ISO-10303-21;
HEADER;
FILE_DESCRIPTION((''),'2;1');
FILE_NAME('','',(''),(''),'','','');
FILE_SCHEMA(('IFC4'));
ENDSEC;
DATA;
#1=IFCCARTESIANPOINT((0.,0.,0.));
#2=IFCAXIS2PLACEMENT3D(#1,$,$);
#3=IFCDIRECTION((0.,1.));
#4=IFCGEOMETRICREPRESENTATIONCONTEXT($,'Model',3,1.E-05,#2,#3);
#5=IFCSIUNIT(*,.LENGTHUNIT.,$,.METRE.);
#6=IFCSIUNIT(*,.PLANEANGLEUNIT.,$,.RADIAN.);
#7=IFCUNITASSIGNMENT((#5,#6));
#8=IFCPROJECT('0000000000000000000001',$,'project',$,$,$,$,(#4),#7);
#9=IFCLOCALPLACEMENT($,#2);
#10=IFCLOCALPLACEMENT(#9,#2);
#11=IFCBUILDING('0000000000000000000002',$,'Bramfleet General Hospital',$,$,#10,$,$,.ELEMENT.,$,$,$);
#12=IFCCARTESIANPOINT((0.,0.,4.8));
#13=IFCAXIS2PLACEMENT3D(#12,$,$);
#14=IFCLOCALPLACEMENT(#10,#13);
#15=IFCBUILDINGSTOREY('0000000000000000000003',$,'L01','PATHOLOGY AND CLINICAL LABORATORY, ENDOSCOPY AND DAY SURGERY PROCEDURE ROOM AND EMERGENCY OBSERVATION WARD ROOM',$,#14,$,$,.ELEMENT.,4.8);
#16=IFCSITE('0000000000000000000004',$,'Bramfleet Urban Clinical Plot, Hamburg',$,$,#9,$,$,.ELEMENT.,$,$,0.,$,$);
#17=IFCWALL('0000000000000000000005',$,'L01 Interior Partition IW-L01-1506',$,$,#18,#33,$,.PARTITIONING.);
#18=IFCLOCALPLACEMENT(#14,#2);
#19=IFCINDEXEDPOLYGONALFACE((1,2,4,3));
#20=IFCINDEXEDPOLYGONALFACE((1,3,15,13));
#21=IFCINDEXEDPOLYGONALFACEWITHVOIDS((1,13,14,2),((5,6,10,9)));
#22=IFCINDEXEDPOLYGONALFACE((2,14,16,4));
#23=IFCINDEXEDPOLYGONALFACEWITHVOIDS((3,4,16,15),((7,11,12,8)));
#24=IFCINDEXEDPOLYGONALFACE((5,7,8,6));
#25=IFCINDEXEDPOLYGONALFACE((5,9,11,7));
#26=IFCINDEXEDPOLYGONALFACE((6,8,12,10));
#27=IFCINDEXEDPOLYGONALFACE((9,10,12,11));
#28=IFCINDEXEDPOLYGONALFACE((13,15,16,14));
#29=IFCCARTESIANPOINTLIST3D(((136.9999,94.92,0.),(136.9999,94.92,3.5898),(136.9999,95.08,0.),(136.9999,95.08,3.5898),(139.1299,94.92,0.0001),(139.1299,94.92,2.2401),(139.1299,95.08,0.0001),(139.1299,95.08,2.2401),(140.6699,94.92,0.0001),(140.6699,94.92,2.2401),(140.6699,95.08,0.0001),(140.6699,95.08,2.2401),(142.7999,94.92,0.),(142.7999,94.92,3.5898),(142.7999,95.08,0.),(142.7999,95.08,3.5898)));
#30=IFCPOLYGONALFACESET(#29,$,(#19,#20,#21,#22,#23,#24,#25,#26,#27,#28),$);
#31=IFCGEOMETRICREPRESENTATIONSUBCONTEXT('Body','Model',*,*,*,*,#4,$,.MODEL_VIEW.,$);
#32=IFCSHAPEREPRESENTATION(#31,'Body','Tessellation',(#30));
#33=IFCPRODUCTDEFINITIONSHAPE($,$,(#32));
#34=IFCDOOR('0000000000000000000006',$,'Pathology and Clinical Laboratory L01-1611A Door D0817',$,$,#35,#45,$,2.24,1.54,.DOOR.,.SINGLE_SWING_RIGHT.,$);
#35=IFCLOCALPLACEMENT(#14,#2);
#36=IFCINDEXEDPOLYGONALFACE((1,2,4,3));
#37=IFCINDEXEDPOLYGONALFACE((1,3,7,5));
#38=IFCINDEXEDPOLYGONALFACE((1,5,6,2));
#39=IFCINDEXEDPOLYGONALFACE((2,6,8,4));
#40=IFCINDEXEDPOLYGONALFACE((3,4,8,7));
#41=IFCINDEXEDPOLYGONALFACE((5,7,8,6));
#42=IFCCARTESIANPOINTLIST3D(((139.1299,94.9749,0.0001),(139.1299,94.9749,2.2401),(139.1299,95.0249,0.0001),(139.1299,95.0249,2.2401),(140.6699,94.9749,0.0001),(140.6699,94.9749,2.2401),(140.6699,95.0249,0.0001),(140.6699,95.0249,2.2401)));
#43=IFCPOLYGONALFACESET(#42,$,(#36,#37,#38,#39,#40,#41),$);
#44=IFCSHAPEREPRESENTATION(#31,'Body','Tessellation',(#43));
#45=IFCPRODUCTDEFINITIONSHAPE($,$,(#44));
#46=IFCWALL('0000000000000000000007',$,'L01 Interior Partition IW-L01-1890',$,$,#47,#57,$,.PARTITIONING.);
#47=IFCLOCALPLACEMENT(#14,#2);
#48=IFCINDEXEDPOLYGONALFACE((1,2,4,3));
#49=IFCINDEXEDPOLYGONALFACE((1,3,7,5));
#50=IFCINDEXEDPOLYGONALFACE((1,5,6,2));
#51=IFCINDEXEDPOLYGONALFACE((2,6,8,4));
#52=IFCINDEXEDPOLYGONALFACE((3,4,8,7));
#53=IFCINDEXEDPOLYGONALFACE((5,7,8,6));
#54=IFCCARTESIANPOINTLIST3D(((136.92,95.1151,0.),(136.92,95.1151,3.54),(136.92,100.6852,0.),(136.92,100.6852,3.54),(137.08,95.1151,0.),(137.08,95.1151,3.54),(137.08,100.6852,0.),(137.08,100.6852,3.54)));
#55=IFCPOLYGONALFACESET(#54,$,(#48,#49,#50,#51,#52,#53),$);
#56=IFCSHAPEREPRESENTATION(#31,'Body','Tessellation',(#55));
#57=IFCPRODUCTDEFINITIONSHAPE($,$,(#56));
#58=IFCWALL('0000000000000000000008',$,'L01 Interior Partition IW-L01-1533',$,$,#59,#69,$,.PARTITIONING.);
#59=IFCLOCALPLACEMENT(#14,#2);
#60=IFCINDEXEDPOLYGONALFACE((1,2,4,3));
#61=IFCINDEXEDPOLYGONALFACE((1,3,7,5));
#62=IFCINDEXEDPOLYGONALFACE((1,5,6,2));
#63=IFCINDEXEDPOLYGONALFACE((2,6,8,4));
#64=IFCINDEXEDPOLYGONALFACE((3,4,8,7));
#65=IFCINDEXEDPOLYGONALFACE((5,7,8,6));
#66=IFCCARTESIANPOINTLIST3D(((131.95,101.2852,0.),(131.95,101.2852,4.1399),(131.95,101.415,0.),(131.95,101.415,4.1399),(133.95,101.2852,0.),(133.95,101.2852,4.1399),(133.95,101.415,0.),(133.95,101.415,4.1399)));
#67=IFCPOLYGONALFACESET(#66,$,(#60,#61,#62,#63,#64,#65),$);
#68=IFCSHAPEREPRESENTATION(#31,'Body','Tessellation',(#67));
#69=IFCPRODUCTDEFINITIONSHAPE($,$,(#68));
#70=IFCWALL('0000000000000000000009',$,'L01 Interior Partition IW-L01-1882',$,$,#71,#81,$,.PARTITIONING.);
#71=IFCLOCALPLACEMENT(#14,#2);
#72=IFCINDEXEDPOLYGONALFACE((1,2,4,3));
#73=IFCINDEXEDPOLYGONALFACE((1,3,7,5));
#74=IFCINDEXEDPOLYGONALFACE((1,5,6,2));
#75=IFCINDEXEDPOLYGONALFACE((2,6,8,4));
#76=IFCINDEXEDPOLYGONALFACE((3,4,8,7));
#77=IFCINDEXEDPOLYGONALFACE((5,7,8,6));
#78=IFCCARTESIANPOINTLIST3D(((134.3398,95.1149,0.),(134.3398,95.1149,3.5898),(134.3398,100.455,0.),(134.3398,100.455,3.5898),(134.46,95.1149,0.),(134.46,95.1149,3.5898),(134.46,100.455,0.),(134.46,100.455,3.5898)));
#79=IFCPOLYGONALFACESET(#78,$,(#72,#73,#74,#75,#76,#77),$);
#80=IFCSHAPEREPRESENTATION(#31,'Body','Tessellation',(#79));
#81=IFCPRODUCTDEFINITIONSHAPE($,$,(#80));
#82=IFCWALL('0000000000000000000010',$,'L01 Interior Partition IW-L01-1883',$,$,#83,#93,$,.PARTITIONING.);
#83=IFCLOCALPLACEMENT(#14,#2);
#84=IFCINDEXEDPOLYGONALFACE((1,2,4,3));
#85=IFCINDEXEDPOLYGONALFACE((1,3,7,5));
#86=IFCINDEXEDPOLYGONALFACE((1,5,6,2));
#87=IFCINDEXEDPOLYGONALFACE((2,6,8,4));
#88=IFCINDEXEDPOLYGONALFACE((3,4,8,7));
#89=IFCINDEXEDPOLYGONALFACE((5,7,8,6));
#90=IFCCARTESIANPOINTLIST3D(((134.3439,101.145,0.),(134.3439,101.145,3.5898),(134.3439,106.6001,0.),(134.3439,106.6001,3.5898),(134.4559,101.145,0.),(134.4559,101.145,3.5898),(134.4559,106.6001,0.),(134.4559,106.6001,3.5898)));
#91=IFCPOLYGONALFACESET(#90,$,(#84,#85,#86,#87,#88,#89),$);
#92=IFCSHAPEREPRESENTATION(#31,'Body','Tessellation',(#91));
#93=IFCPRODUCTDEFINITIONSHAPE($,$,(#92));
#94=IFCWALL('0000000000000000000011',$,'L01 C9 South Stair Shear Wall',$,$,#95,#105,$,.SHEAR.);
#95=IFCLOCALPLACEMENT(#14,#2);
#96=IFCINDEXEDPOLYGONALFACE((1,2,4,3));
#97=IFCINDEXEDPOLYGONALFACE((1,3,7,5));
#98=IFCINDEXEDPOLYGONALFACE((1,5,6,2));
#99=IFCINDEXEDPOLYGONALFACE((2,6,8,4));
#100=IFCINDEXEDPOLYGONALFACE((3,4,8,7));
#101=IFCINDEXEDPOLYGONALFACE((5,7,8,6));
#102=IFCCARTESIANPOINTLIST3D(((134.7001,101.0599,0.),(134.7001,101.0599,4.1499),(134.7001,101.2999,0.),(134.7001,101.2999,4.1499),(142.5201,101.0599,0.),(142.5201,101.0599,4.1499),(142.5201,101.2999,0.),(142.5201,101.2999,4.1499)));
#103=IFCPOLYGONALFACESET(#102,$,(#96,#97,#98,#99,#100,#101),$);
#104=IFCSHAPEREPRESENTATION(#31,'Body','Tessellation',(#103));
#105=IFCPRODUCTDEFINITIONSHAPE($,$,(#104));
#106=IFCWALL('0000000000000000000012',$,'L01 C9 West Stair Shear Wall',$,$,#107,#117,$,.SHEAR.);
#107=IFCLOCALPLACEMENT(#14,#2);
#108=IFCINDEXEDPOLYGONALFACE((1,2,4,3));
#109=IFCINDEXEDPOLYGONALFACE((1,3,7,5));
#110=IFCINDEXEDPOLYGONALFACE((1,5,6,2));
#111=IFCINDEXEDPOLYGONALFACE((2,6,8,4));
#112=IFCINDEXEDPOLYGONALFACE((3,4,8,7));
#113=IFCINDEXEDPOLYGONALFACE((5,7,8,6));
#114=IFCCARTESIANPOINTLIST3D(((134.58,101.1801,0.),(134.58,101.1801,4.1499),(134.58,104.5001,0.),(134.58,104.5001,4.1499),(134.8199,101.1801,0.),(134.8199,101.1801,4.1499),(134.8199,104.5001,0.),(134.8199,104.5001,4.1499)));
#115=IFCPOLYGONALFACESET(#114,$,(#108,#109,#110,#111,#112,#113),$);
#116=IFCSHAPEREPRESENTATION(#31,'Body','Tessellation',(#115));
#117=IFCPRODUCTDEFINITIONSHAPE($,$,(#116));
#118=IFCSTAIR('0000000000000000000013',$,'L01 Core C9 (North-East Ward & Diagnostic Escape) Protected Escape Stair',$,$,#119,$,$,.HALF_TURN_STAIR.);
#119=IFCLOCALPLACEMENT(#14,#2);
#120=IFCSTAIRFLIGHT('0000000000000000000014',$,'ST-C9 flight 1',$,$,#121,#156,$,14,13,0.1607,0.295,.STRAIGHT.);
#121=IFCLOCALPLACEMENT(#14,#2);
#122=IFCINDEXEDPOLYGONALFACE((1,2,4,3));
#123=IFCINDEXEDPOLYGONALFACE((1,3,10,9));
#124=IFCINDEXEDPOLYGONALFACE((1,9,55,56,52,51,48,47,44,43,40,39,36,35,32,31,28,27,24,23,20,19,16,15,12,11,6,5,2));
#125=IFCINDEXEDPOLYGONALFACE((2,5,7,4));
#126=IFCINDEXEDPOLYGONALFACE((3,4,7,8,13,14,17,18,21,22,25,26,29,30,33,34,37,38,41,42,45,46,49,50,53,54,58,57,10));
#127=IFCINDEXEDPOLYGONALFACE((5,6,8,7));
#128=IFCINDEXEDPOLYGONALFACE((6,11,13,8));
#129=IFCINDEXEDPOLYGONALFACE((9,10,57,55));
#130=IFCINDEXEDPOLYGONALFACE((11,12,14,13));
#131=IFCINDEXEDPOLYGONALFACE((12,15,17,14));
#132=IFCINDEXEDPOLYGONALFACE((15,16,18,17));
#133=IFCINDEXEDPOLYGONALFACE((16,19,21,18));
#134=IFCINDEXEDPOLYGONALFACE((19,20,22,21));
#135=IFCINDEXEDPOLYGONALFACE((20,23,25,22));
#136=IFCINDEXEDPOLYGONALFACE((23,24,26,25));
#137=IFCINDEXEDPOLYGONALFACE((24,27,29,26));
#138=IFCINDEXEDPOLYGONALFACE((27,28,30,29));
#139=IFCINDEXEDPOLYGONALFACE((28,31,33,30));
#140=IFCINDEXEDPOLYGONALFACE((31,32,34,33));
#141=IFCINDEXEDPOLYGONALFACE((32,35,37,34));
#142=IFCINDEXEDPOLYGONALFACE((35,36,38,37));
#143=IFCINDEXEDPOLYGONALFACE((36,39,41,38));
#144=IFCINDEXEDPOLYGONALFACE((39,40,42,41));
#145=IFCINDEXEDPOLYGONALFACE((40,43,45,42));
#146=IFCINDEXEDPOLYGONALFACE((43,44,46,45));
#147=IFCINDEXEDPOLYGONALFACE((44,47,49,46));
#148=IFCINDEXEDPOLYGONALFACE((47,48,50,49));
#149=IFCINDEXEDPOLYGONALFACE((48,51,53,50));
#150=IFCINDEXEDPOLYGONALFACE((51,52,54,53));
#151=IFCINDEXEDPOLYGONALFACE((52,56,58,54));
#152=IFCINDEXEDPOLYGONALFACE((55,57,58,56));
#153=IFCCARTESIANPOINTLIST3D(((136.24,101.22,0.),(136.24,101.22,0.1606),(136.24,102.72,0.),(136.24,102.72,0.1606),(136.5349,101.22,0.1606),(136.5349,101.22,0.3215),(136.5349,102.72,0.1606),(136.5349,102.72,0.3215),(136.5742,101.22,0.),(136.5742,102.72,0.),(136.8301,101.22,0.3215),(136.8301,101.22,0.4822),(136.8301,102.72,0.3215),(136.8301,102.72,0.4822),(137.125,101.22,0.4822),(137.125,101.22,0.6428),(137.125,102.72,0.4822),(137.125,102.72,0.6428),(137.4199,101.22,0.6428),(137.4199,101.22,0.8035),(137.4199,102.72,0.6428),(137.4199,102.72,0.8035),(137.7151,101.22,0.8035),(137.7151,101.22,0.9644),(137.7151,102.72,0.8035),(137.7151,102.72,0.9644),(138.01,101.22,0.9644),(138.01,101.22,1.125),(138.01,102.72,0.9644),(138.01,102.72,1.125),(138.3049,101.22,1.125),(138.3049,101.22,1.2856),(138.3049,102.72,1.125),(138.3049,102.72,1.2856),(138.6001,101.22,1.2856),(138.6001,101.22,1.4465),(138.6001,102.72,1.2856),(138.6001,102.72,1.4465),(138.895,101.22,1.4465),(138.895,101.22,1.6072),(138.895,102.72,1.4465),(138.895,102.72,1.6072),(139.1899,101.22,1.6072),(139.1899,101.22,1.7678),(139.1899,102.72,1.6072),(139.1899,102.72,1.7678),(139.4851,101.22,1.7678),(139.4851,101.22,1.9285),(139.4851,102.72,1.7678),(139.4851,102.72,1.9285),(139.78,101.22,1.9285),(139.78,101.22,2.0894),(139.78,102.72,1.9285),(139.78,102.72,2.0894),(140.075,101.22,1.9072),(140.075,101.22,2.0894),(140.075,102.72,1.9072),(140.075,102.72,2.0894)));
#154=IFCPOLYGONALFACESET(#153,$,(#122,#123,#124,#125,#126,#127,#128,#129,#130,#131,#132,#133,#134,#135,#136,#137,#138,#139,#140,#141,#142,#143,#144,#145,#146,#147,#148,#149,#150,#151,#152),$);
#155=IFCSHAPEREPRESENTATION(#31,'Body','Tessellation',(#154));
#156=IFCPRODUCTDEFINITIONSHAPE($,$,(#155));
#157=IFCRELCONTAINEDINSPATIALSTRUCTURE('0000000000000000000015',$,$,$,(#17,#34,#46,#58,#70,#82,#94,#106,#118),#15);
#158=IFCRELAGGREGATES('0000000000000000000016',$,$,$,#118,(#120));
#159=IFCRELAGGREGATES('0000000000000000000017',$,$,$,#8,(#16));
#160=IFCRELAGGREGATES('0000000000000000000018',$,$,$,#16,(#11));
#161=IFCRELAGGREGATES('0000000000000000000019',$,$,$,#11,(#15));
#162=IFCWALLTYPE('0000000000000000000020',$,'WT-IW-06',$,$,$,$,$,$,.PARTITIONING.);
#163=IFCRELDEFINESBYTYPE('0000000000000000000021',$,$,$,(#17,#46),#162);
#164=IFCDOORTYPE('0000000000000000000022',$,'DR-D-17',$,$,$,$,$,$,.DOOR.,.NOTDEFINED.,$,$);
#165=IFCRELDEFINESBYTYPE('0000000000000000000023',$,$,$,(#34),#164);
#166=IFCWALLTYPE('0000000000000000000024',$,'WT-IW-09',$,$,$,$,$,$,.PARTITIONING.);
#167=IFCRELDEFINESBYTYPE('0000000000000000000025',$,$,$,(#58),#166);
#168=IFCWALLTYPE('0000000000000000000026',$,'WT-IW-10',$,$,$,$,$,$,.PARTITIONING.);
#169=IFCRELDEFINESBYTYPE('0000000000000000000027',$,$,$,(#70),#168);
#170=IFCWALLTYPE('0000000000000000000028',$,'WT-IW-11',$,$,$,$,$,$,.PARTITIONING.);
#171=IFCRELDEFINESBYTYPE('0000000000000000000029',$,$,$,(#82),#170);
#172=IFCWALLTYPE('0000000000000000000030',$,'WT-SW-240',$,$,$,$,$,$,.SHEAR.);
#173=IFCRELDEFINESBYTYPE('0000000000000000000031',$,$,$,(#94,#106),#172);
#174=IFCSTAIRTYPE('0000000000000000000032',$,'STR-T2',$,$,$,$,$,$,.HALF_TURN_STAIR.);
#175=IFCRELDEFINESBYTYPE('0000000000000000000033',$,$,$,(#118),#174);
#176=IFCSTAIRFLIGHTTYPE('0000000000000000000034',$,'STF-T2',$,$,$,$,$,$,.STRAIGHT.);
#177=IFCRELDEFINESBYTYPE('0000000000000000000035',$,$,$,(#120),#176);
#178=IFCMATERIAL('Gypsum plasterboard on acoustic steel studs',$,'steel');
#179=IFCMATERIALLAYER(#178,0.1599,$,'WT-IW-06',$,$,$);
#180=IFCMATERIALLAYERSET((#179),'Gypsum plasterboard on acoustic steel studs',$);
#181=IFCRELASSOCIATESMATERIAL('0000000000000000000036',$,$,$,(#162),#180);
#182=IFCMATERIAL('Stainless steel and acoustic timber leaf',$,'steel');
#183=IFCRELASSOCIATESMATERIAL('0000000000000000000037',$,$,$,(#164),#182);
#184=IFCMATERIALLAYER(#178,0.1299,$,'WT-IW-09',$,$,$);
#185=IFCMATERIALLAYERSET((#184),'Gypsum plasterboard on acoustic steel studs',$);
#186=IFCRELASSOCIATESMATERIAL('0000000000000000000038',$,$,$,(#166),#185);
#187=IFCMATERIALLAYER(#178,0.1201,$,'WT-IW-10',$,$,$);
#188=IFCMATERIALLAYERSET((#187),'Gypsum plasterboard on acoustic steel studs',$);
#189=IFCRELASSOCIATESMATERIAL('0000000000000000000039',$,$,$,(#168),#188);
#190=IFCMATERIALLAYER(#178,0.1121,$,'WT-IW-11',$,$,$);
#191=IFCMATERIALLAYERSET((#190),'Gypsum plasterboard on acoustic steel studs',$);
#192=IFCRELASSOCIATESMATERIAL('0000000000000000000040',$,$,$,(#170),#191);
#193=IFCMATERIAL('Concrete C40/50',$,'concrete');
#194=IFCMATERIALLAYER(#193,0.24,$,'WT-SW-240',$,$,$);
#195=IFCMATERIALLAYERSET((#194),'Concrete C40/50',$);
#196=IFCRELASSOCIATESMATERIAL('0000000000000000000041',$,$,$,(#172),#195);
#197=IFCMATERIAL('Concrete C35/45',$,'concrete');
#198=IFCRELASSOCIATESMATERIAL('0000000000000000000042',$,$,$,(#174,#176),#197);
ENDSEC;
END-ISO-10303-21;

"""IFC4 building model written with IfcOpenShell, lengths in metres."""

from ifc_helpers import new_model, si_unit, direction, frame, frame_2d, origin, place, context, subcontext, project, spatial, polyline, rectangle, outline, extrude, material, layer, layer_set, type_object, element, fill, aggregate, save


model = new_model("IFC4")

# Units and contexts
model_context = context("Model", 3, precision=1e-05, world=origin(), true_north=direction((0.0, 1.0)))
body_context = subcontext(model_context, "Body", "Model", "MODEL_VIEW")
ifc_project = project(units=[si_unit("LENGTHUNIT", "METRE"), si_unit("PLANEANGLEUNIT", "RADIAN")], contexts=[model_context])

# Site, building, storey
site_placement = place(None, origin())
site = spatial("IfcSite", under=ifc_project, at=site_placement, Name="Bramfleet Urban Clinical Plot, Hamburg", CompositionType="ELEMENT", RefElevation=0.0)
building_placement = place(site_placement, origin())
building = spatial("IfcBuilding", under=site, at=building_placement, Name="Bramfleet General Hospital", CompositionType="ELEMENT")
storey_placement = place(building_placement, frame((0.0, 0.0, 4.8)))
storey = spatial("IfcBuildingStorey", under=building, at=storey_placement, Name="L01", Description="PATHOLOGY AND CLINICAL LABORATORY, ENDOSCOPY AND DAY SURGERY PROCEDURE ROOM AND EMERGENCY OBSERVATION WARD ROOM", CompositionType="ELEMENT", Elevation=4.8)

# Shared definitions
ifc_material_1 = material(Name="Concrete C40/50", Category="concrete")

# Shared definitions
ifc_material_2 = material(Name="Concrete C35/45", Category="concrete")

# Shared definitions
ifc_material_3 = material(Name="Stainless steel and acoustic timber leaf", Category="steel")

# Wall, opening, door
ifc_material_4 = material(Name="Gypsum plasterboard on acoustic steel studs", Category="steel")
ifc_layer_1 = layer(ifc_material_4, 0.1599, Name="WT-IW-06")
ifc_layer_set_1 = layer_set([ifc_layer_1], Name="Gypsum plasterboard on acoustic steel studs")
wall_type_1 = type_object("IfcWallType", Name="WT-IW-06", PredefinedType="PARTITIONING", material=ifc_layer_set_1)
wall_1_placement = place(storey_placement, frame((137.0, 95.0, 0.0), z_axis=(0.0, 0.0, 1.0), x_axis=(1.0, 0.0, 0.0)))
wall_1 = element("IfcWall", 1, at=wall_1_placement, inside=storey, type_object=wall_type_1, Name="L01 Interior Partition IW-L01-1506", PredefinedType="PARTITIONING", context=body_context, shape_type="SweptSolid", body=[
    extrude(rectangle(XDim=5.8, YDim=0.1599, at=frame_2d((2.8999, 0.0))), origin(), (0.0, 0.0, 1.0), 3.5898),
])
opening_1_placement = place(wall_1_placement, frame((2.1299, 0.0, 0.0)))
opening_1 = element("IfcOpeningElement", 2, at=opening_1_placement, cuts=wall_1, PredefinedType="OPENING", context=body_context, shape_type="SweptSolid", body=[
    extrude(rectangle(XDim=1.54, YDim=2.24, at=frame_2d((0.77, 1.1201))), frame((0.0, 0.0898, 0.0), z_axis=(0.0, -1.0, 0.0), x_axis=(1.0, 0.0, 0.0)), (0.0, 0.0, 1.0), 0.1799),
])
door_type_1 = type_object("IfcDoorType", Name="DR-D-17", OperationType="NOTDEFINED", PredefinedType="DOOR", material=ifc_material_3)
door_1_placement = place(opening_1_placement, origin())
door_1 = element("IfcDoor", 3, at=door_1_placement, inside=storey, type_object=door_type_1, Name="Pathology and Clinical Laboratory L01-1611A Door D0817", OperationType="SINGLE_SWING_RIGHT", OverallHeight=2.24, OverallWidth=1.54, PredefinedType="DOOR", context=body_context, shape_type="SweptSolid", body=[
    extrude(rectangle(XDim=1.54, YDim=2.24, at=frame_2d((0.77, 1.1201))), frame((0.0, 0.0249, 0.0), z_axis=(0.0, -1.0, 0.0), x_axis=(1.0, 0.0, 0.0)), (0.0, 0.0, 1.0), 0.05),
])
fill(opening_1, door_1)

# Walls
wall_2_placement = place(storey_placement, frame((137.0, 95.115, 0.0), z_axis=(0.0, 0.0, 1.0), x_axis=(0.0, 1.0, 0.0)))
element("IfcWall", 4, at=wall_2_placement, inside=storey, type_object=wall_type_1, Name="L01 Interior Partition IW-L01-1890", PredefinedType="PARTITIONING", context=body_context, shape_type="SweptSolid", body=[
    extrude(rectangle(XDim=5.5701, YDim=0.1599, at=frame_2d((2.7852, 0.0))), origin(), (0.0, 0.0, 1.0), 3.54),
])
ifc_layer_2 = layer(ifc_material_4, 0.1299, Name="WT-IW-09")
ifc_layer_set_2 = layer_set([ifc_layer_2], Name="Gypsum plasterboard on acoustic steel studs")
wall_type_2 = type_object("IfcWallType", Name="WT-IW-09", PredefinedType="PARTITIONING", material=ifc_layer_set_2)
wall_3_placement = place(storey_placement, frame((131.95, 101.3501, 0.0), z_axis=(0.0, 0.0, 1.0), x_axis=(1.0, 0.0, 0.0)))
element("IfcWall", 5, at=wall_3_placement, inside=storey, type_object=wall_type_2, Name="L01 Interior Partition IW-L01-1533", PredefinedType="PARTITIONING", context=body_context, shape_type="SweptSolid", body=[
    extrude(rectangle(XDim=2.0, YDim=0.1299, at=frame_2d((1.0, 0.0))), origin(), (0.0, 0.0, 1.0), 4.1399),
])
ifc_layer_3 = layer(ifc_material_4, 0.1201, Name="WT-IW-10")
ifc_layer_set_3 = layer_set([ifc_layer_3], Name="Gypsum plasterboard on acoustic steel studs")
wall_type_3 = type_object("IfcWallType", Name="WT-IW-10", PredefinedType="PARTITIONING", material=ifc_layer_set_3)
wall_4_placement = place(storey_placement, frame((134.3999, 95.115, 0.0), z_axis=(0.0, 0.0, 1.0), x_axis=(0.0, 1.0, 0.0)))
element("IfcWall", 6, at=wall_4_placement, inside=storey, type_object=wall_type_3, Name="L01 Interior Partition IW-L01-1882", PredefinedType="PARTITIONING", context=body_context, shape_type="SweptSolid", body=[
    extrude(rectangle(XDim=5.3401, YDim=0.1201, at=frame_2d((2.6699, 0.0))), origin(), (0.0, 0.0, 1.0), 3.5898),
])
ifc_layer_4 = layer(ifc_material_4, 0.1121, Name="WT-IW-11")
ifc_layer_set_4 = layer_set([ifc_layer_4], Name="Gypsum plasterboard on acoustic steel studs")
wall_type_4 = type_object("IfcWallType", Name="WT-IW-11", PredefinedType="PARTITIONING", material=ifc_layer_set_4)
wall_5_placement = place(storey_placement, frame((134.3999, 101.145, 0.0), z_axis=(0.0, 0.0, 1.0), x_axis=(0.0, 1.0, 0.0)))
element("IfcWall", 7, at=wall_5_placement, inside=storey, type_object=wall_type_4, Name="L01 Interior Partition IW-L01-1883", PredefinedType="PARTITIONING", context=body_context, shape_type="SweptSolid", body=[
    extrude(rectangle(XDim=5.4551, YDim=0.1121, at=frame_2d((2.7275, 0.0))), origin(), (0.0, 0.0, 1.0), 3.5898),
])
ifc_layer_5 = layer(ifc_material_1, 0.24, Name="WT-SW-240")
ifc_layer_set_5 = layer_set([ifc_layer_5], Name="Concrete C40/50")
wall_type_5 = type_object("IfcWallType", Name="WT-SW-240", PredefinedType="SHEAR", material=ifc_layer_set_5)
wall_6_placement = place(storey_placement, frame((134.7, 101.1799, 0.0), z_axis=(0.0, 0.0, 1.0), x_axis=(1.0, 0.0, 0.0)))
element("IfcWall", 8, at=wall_6_placement, inside=storey, type_object=wall_type_5, Name="L01 C9 South Stair Shear Wall", PredefinedType="SHEAR", context=body_context, shape_type="SweptSolid", body=[
    extrude(rectangle(XDim=7.8201, YDim=0.24, at=frame_2d((3.9102, 0.0))), origin(), (0.0, 0.0, 1.0), 4.1499),
])
wall_7_placement = place(storey_placement, frame((134.7, 101.1799, 0.0), z_axis=(0.0, 0.0, 1.0), x_axis=(0.0, 1.0, 0.0)))
element("IfcWall", 9, at=wall_7_placement, inside=storey, type_object=wall_type_5, Name="L01 C9 West Stair Shear Wall", PredefinedType="SHEAR", context=body_context, shape_type="SweptSolid", body=[
    extrude(rectangle(XDim=3.3201, YDim=0.24, at=frame_2d((1.6602, 0.0))), origin(), (0.0, 0.0, 1.0), 4.1499),
])

# Stair, stair flight
stair_type = type_object("IfcStairType", Name="STR-T2", PredefinedType="HALF_TURN_STAIR", material=ifc_material_2)
stair_placement = place(storey_placement, origin())
stair = element("IfcStair", 10, at=stair_placement, inside=storey, type_object=stair_type, Name="L01 Core C9 (North-East Ward & Diagnostic Escape) Protected Escape Stair", PredefinedType="HALF_TURN_STAIR")
stair_flight_type = type_object("IfcStairFlightType", Name="STF-T2", PredefinedType="STRAIGHT", material=ifc_material_2)
stair_flight_placement = place(storey_placement, frame((136.24, 101.97, 0.0), z_axis=(0.0, 0.0, 1.0), x_axis=(1.0, 0.0, 0.0)))
stair_flight = element("IfcStairFlight", 11, at=stair_flight_placement, type_object=stair_flight_type, Name="ST-C9 flight 1", NumberOfRisers=14, NumberOfTreads=13, PredefinedType="STRAIGHT", RiserHeight=0.1607, TreadLength=0.295, context=body_context, shape_type="SweptSolid", body=[
    extrude(outline(polyline([(0.0, 0.0), (0.0, 0.1606), (0.2949, 0.1606), (0.2949, 0.3215), (0.5901, 0.3215), (0.5901, 0.4822), (0.885, 0.4822), (0.885, 0.6428), (1.1799, 0.6428), (1.1799, 0.8035), (1.4751, 0.8035), (1.4751, 0.9644), (1.77, 0.9644), (1.77, 1.125), (2.0649, 1.125), (2.0649, 1.2856), (2.3601, 1.2856), (2.3601, 1.4465), (2.655, 1.4465), (2.655, 1.6072), (2.95, 1.6072), (2.95, 1.7678), (3.2451, 1.7678), (3.2451, 1.9285), (3.54, 1.9285), (3.54, 2.0894), (3.835, 2.0894), (3.835, 2.25), (3.835, 1.9072), (0.3342, 0.0), (0.0, 0.0)])), frame((0.0, 0.75, 0.0), z_axis=(0.0, -1.0, 0.0), x_axis=(1.0, 0.0, 0.0)), (0.0, 0.0, 1.0), 1.5),
])
aggregate(stair, [stair_flight])

save(model, "model.ifc")
